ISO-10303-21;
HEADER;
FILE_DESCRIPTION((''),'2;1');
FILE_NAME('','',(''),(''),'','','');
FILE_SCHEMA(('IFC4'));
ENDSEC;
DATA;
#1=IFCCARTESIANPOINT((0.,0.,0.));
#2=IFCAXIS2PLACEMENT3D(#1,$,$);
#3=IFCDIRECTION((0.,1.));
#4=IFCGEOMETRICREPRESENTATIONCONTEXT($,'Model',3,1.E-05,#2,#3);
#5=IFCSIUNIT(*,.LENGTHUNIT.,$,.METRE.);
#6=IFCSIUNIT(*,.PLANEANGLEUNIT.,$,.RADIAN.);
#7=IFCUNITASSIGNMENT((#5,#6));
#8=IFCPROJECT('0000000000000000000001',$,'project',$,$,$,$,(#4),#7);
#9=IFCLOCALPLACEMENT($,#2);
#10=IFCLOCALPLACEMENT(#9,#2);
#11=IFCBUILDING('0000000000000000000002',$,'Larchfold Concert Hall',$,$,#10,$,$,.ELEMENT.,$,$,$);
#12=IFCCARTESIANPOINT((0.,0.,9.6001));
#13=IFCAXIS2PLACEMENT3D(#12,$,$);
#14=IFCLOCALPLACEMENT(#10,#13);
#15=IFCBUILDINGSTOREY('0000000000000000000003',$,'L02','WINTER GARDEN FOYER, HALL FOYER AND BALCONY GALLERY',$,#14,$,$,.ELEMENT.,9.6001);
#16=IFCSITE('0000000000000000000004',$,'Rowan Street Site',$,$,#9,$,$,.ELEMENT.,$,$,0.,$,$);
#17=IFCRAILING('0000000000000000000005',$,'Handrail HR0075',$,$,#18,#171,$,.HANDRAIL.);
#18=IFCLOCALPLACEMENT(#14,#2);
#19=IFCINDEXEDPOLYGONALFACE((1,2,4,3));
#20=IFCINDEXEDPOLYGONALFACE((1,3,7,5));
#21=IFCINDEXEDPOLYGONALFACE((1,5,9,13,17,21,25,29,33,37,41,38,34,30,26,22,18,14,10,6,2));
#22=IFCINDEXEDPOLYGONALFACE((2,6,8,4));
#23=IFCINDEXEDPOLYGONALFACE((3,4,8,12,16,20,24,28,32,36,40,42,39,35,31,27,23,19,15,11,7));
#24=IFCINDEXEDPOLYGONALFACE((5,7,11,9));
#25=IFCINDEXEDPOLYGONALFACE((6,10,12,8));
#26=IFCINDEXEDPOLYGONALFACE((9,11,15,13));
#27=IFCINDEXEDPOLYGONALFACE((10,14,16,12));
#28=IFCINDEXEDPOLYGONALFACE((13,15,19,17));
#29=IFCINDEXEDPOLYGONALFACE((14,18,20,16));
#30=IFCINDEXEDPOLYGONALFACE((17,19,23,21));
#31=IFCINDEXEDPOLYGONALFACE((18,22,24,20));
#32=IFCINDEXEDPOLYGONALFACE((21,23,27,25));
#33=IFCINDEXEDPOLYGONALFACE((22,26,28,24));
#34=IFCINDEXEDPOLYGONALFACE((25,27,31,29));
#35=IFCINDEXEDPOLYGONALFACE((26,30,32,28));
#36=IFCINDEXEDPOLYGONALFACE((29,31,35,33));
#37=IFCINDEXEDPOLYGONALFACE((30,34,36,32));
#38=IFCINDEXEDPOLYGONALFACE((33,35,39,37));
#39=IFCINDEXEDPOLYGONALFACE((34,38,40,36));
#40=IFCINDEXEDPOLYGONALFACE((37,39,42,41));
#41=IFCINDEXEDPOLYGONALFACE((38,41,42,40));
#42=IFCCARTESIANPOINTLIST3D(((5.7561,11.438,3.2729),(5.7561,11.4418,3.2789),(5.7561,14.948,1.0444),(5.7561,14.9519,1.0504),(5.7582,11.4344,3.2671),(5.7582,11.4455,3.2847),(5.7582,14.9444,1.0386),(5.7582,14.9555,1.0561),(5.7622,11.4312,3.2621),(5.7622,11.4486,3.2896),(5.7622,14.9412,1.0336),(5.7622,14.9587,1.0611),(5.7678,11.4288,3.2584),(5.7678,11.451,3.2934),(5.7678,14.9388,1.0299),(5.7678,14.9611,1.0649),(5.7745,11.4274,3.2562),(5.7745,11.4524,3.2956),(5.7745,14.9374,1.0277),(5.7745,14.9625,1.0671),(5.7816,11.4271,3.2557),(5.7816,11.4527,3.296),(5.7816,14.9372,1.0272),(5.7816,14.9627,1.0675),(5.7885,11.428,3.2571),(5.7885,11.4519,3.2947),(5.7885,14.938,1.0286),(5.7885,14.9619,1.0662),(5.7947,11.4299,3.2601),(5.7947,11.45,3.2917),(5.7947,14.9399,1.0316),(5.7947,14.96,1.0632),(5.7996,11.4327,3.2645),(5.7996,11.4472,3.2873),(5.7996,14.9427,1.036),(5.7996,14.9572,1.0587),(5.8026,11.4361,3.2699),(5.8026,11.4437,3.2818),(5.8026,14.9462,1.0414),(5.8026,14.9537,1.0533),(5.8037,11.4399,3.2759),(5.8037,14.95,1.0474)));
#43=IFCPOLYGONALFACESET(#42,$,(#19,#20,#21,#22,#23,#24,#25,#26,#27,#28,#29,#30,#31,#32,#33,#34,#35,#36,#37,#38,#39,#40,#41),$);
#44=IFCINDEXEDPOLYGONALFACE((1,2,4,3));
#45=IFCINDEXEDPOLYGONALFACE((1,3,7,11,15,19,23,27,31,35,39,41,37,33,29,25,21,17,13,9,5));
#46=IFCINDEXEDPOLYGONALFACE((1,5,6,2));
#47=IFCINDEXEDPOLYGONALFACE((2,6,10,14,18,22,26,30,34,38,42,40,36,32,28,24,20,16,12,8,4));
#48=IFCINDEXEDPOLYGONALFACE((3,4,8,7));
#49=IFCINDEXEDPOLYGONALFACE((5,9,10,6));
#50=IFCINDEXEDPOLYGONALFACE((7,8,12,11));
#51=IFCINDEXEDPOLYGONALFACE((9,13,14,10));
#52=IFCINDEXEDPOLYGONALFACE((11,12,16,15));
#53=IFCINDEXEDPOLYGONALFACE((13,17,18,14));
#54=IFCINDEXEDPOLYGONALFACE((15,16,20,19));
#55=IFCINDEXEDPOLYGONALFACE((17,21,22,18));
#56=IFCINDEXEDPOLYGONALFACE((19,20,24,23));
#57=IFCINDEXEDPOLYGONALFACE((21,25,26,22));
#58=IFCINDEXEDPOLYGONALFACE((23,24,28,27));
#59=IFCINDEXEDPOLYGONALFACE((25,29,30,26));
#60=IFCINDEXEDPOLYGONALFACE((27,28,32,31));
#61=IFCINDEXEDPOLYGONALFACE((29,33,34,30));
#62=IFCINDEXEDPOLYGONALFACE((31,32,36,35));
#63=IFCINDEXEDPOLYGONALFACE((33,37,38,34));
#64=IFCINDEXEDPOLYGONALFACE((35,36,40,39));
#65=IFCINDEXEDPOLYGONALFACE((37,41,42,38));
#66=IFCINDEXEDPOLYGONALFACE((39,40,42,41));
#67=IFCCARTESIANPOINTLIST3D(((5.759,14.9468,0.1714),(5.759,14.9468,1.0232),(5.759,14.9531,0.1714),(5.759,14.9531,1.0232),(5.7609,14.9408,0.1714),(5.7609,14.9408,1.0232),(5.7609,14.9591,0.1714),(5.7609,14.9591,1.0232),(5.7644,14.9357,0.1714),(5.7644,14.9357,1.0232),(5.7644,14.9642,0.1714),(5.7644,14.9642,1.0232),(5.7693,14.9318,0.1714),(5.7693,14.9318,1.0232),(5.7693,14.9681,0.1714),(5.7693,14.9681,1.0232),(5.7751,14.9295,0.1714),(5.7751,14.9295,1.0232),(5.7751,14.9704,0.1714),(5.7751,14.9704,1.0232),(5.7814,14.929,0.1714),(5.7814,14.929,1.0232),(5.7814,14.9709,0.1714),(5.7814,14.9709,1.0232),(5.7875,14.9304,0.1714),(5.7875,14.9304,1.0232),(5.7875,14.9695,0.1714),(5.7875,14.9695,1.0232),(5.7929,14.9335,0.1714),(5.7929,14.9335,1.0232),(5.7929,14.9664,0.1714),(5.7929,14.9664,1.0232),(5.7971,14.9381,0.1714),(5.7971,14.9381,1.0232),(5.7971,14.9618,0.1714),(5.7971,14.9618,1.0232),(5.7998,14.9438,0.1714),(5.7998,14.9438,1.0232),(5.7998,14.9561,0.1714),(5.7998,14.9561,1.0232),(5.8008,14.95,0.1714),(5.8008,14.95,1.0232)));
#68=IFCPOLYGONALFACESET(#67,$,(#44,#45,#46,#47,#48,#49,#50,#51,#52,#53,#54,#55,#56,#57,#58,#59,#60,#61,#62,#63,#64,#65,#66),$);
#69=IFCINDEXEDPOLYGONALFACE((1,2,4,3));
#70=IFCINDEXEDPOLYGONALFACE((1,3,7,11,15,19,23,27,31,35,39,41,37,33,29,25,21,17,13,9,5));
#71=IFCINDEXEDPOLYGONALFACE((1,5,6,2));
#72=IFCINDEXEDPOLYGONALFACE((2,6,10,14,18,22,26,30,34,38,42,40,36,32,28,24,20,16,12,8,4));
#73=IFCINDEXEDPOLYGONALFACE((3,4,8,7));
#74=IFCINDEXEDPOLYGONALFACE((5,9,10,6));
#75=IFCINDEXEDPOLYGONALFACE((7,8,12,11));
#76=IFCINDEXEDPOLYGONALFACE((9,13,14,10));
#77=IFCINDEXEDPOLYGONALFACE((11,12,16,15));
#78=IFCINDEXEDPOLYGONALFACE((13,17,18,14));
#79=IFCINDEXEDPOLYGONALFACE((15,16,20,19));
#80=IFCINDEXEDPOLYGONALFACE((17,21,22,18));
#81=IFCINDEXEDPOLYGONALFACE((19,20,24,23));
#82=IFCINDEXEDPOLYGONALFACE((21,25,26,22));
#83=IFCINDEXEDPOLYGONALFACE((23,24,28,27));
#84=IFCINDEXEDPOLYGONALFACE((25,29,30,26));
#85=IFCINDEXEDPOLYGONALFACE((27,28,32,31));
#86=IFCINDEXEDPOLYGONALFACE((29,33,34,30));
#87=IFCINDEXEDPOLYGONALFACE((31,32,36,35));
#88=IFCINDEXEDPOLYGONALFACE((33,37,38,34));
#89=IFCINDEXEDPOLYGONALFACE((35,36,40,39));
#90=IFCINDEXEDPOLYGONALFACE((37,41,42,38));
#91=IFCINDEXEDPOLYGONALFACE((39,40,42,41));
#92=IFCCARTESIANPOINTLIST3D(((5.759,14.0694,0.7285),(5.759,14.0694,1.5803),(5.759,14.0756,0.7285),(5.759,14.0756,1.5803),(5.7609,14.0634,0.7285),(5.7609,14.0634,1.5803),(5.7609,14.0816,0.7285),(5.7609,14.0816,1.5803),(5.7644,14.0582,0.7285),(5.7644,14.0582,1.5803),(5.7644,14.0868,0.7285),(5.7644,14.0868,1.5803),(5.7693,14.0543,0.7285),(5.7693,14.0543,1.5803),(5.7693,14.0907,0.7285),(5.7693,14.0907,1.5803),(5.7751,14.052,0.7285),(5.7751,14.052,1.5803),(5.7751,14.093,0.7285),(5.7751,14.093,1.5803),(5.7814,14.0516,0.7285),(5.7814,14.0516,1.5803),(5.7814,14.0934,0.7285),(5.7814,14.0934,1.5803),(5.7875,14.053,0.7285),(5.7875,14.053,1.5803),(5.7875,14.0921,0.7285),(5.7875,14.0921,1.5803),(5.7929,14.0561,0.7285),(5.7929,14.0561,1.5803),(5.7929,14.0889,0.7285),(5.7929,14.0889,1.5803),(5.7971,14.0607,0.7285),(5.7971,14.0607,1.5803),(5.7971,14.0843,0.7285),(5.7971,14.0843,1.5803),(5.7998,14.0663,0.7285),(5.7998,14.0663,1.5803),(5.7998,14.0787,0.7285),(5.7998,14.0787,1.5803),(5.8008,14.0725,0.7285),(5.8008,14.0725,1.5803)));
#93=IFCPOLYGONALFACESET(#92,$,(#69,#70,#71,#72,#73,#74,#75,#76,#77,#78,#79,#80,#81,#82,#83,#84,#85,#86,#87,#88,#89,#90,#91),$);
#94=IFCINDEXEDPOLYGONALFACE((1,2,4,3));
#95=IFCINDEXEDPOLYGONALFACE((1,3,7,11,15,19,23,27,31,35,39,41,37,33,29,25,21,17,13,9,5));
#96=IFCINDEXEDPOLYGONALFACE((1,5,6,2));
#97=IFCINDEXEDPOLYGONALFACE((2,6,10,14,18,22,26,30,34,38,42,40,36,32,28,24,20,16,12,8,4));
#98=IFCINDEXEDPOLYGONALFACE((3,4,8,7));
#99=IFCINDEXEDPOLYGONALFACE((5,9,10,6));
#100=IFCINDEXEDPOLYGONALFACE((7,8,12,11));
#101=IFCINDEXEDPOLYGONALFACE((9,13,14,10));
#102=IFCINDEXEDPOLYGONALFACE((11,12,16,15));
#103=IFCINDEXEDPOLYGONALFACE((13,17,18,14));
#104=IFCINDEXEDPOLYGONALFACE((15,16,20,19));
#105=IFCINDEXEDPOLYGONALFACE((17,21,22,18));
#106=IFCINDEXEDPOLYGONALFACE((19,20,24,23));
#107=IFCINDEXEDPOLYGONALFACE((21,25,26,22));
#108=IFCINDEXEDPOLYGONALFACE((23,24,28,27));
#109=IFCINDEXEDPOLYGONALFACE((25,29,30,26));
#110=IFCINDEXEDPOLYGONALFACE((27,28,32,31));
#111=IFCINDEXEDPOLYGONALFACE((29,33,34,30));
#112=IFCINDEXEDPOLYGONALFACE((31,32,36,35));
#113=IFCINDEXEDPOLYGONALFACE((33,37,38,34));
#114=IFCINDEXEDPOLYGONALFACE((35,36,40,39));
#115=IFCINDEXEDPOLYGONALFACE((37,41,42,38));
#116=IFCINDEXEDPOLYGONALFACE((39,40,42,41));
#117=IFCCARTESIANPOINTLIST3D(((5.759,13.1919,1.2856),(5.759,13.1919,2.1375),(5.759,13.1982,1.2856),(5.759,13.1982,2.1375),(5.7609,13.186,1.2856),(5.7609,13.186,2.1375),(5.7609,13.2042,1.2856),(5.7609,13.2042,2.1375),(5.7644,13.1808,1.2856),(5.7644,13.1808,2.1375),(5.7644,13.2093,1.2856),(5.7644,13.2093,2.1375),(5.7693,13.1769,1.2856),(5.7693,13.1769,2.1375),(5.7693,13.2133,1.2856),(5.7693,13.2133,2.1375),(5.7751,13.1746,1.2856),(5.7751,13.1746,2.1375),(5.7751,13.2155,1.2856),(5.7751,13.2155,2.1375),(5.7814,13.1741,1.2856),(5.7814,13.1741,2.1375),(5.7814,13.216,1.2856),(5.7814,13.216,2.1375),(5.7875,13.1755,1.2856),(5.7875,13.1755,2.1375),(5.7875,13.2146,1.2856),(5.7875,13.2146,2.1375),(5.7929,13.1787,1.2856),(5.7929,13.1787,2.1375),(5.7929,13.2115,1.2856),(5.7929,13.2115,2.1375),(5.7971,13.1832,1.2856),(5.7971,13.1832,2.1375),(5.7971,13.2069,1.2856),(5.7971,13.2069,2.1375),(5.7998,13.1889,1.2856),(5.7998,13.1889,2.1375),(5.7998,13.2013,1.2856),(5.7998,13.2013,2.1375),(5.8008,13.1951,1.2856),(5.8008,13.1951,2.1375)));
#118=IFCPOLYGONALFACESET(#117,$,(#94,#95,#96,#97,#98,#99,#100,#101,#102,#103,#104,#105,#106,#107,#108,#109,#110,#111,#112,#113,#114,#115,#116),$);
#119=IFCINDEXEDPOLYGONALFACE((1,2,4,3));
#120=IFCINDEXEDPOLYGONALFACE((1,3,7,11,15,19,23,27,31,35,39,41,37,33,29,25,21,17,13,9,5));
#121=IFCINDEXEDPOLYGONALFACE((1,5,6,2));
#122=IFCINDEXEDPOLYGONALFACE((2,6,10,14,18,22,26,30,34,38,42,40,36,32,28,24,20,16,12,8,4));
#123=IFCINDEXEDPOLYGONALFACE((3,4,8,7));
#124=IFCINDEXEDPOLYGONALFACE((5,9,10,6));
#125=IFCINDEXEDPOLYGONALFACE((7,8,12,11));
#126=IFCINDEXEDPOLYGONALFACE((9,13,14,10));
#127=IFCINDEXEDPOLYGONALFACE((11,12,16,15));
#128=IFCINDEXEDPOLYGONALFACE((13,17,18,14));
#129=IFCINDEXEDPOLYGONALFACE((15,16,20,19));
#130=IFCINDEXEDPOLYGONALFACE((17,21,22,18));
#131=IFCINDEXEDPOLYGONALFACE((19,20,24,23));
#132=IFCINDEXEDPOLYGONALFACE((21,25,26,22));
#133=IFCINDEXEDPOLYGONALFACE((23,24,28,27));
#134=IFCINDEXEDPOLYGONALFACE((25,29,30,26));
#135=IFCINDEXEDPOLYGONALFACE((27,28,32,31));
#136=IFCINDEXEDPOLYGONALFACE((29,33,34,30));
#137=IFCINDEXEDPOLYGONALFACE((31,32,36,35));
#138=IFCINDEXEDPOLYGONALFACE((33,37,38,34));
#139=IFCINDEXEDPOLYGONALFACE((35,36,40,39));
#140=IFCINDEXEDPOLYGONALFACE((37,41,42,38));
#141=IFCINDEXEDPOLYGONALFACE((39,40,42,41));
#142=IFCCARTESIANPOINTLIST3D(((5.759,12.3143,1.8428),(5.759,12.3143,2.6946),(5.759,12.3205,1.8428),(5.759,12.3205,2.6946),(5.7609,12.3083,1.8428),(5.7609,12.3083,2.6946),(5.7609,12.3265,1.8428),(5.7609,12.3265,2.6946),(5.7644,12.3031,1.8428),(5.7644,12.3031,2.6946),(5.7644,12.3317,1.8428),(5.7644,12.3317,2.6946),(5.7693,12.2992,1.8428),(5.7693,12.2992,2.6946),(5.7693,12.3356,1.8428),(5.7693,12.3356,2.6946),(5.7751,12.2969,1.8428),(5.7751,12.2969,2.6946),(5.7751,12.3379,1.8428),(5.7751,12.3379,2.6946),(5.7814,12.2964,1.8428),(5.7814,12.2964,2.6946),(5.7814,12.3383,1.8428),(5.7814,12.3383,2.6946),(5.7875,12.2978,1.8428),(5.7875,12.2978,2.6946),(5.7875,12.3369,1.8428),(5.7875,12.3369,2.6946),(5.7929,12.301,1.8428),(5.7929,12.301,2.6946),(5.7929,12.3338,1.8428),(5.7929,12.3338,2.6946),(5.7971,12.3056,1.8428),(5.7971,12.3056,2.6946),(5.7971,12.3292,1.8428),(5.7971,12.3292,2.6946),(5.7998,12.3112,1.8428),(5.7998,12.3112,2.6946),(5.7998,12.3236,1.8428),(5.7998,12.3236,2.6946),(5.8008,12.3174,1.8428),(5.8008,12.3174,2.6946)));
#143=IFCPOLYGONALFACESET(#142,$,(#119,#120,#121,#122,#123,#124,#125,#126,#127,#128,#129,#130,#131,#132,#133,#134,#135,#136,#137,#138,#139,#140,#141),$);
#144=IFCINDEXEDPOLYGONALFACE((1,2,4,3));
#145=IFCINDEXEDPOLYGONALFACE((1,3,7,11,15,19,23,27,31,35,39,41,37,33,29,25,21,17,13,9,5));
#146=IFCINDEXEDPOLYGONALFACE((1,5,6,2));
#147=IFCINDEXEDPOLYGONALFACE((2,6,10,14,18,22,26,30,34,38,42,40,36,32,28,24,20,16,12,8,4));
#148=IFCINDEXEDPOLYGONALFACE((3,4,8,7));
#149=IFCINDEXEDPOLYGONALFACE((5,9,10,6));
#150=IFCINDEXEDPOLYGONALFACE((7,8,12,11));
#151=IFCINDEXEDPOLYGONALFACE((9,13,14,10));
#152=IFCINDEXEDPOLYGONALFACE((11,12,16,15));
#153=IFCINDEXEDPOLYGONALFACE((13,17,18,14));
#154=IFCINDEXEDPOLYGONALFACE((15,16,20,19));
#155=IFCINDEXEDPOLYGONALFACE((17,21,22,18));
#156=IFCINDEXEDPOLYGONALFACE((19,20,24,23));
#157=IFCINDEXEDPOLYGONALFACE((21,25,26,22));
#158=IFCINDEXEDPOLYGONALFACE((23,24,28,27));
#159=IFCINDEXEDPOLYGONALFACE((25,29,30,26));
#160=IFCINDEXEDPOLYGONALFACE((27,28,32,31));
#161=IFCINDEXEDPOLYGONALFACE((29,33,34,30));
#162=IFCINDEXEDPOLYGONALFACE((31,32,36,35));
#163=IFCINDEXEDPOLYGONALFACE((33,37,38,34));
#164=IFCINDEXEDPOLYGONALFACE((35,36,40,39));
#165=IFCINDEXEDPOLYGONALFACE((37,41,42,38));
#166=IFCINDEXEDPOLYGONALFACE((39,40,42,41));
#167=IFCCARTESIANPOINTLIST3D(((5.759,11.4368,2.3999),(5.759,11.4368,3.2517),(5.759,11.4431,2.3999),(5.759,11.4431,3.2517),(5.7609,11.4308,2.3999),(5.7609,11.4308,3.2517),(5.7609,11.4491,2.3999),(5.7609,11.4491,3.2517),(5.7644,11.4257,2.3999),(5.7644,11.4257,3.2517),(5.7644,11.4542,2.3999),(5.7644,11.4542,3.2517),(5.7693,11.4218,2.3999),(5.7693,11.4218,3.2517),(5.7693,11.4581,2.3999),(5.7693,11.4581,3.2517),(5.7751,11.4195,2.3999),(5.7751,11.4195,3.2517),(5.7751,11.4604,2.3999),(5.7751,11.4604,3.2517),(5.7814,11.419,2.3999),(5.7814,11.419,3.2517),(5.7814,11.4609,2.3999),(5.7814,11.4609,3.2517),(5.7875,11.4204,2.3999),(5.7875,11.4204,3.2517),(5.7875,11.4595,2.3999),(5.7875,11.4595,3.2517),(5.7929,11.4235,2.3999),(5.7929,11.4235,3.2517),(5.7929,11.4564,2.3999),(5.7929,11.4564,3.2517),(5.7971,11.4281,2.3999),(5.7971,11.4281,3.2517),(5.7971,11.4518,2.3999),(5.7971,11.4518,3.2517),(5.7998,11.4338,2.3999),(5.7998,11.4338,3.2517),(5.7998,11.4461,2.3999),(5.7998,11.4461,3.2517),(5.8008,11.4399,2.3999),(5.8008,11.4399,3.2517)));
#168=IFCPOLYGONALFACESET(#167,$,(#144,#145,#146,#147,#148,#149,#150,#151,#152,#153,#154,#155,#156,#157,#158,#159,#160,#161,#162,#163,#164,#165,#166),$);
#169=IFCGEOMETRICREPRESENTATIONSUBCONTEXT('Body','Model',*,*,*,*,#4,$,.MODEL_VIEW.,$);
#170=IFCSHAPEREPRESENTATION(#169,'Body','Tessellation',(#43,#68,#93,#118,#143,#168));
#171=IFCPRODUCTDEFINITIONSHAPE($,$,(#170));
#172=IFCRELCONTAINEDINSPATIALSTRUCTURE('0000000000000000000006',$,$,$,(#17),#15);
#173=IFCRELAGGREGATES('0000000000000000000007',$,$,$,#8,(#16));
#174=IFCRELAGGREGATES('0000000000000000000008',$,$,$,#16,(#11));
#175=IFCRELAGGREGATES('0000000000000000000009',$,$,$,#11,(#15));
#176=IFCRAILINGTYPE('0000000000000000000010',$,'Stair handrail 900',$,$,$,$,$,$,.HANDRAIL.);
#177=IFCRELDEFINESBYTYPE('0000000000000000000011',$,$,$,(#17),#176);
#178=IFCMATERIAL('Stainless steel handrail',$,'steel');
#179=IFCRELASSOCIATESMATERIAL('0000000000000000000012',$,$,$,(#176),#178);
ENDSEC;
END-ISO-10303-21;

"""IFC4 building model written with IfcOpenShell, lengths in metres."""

from ifc_helpers import new_model, si_unit, direction, frame, origin, origin_2d, place, context, subcontext, project, spatial, circle, extrude, material, type_object, element, save


model = new_model("IFC4")

# Units and contexts
model_context = context("Model", 3, precision=1e-05, world=origin(), true_north=direction((0.0, 1.0)))
body_context = subcontext(model_context, "Body", "Model", "MODEL_VIEW")
ifc_project = project(units=[si_unit("LENGTHUNIT", "METRE"), si_unit("PLANEANGLEUNIT", "RADIAN")], contexts=[model_context])

# Site, building, storey
site_placement = place(None, origin())
site = spatial("IfcSite", under=ifc_project, at=site_placement, Name="Rowan Street Site", CompositionType="ELEMENT", RefElevation=0.0)
building_placement = place(site_placement, origin())
building = spatial("IfcBuilding", under=site, at=building_placement, Name="Larchfold Concert Hall", CompositionType="ELEMENT")
storey_placement = place(building_placement, frame((0.0, 0.0, 9.6001)))
storey = spatial("IfcBuildingStorey", under=building, at=storey_placement, Name="L02", Description="WINTER GARDEN FOYER, HALL FOYER AND BALCONY GALLERY", CompositionType="ELEMENT", Elevation=9.6001)

# Railing
ifc_material_1 = material(Name="Stainless steel handrail", Category="steel")
railing_type_1 = type_object("IfcRailingType", Name="Stair handrail 900", PredefinedType="HANDRAIL", material=ifc_material_1)
for number, where, name in (
    (1, (5.7798, 14.95, 0.1714), "Handrail HR0075"),
):
    element("IfcRailing", number, at=place(storey_placement, frame(where)), inside=storey, type_object=railing_type_1, Name=name, PredefinedType="HANDRAIL", context=body_context, shape_type="SweptSolid", body=[
        extrude(circle(Radius=0.0239, at=origin_2d()), frame((0.0, 0.0, 0.876), z_axis=(0.0, -0.84422, 0.535998), x_axis=(1.0, 0.0, 0.0)), (0.0, 0.0, 1.0), 4.1577),
        extrude(circle(Radius=0.021, at=origin_2d()), origin(), (0.0, 0.0, 1.0), 0.8518),
        extrude(circle(Radius=0.021, at=origin_2d()), frame((0.0, -0.8774, 0.5571)), (0.0, 0.0, 1.0), 0.8518),
        extrude(circle(Radius=0.021, at=origin_2d()), frame((0.0, -1.7549, 1.1143)), (0.0, 0.0, 1.0), 0.8518),
        extrude(circle(Radius=0.021, at=origin_2d()), frame((0.0, -2.6326, 1.6714)), (0.0, 0.0, 1.0), 0.8518),
        extrude(circle(Radius=0.021, at=origin_2d()), frame((0.0, -3.51, 2.2285)), (0.0, 0.0, 1.0), 0.8518),
    ])

save(model, "model.ifc")
